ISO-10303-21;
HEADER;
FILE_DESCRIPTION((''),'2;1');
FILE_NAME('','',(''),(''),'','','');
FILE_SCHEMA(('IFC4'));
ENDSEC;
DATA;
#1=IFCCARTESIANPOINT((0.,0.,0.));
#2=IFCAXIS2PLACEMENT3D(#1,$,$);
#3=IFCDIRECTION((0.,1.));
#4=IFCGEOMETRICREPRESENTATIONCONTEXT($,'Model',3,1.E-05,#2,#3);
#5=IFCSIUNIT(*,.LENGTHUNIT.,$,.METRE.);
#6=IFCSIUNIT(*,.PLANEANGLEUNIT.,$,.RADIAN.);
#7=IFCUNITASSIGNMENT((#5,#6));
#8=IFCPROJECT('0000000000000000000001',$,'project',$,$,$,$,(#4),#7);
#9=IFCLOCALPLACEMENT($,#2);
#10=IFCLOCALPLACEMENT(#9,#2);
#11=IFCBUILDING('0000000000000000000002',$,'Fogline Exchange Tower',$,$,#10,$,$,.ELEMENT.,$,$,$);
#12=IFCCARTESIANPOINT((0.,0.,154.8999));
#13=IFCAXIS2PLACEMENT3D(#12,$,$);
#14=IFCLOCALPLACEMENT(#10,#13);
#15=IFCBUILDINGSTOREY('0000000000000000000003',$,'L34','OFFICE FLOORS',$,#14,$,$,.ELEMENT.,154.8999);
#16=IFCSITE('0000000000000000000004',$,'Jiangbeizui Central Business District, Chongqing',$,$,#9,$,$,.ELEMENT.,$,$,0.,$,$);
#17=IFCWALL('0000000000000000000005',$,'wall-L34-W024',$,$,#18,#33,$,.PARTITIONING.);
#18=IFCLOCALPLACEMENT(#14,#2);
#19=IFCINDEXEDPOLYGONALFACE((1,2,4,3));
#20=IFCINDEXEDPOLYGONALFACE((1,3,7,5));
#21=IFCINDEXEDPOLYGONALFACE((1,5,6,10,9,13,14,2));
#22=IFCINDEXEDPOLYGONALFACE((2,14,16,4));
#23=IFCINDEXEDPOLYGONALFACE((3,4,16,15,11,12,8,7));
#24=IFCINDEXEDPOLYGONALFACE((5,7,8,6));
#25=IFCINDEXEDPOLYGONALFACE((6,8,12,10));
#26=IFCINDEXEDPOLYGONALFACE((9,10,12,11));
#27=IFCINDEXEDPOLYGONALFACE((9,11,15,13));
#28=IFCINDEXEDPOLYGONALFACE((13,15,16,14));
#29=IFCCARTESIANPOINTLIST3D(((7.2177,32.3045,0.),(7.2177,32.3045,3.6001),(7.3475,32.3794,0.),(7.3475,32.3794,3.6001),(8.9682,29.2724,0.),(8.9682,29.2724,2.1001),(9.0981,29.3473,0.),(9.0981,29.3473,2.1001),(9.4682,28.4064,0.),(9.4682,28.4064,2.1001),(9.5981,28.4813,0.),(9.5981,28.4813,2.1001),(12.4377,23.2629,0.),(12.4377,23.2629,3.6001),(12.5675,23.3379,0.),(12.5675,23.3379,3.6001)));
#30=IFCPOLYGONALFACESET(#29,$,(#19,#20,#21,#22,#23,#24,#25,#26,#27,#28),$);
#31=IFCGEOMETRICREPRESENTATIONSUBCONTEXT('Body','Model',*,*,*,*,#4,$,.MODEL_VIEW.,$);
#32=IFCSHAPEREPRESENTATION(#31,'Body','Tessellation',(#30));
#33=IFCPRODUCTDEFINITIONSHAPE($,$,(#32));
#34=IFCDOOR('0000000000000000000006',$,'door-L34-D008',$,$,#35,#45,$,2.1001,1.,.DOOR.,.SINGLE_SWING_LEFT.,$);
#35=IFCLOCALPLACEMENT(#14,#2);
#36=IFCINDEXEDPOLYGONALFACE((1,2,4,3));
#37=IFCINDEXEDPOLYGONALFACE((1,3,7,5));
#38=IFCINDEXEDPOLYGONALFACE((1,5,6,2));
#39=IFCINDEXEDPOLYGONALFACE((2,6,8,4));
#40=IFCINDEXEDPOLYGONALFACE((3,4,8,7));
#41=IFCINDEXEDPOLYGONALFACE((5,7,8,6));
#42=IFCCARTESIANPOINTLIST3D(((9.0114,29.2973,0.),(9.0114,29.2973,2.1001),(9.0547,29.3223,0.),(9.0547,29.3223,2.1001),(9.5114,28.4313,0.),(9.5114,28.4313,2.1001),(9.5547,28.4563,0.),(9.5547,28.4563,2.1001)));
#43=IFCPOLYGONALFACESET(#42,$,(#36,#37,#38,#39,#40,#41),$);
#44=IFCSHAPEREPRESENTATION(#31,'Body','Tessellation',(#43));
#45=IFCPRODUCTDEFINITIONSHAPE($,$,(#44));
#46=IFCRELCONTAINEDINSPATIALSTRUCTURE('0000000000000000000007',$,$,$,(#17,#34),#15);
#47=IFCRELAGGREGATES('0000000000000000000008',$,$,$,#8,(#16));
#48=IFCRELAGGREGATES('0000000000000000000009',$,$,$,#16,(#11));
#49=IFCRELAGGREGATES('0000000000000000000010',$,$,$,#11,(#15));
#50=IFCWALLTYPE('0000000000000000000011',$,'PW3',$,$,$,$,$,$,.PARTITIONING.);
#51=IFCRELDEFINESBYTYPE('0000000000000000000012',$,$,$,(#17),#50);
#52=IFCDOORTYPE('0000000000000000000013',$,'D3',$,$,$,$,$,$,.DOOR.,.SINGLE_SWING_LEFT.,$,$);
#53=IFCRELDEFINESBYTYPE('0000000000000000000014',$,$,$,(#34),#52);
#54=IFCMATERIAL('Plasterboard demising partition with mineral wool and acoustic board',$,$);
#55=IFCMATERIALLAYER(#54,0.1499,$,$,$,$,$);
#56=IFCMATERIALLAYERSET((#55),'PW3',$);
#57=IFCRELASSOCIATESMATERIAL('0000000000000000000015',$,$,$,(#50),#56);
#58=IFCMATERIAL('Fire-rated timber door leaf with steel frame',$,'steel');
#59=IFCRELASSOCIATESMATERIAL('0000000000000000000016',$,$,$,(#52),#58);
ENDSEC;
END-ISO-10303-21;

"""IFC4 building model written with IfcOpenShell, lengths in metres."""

from ifc_helpers import new_model, si_unit, direction, frame, frame_2d, origin, place, context, subcontext, project, spatial, rectangle, extrude, material, layer, layer_set, type_object, element, fill, save


model = new_model("IFC4")

# Units and contexts
model_context = context("Model", 3, precision=1e-05, world=origin(), true_north=direction((0.0, 1.0)))
body_context = subcontext(model_context, "Body", "Model", "MODEL_VIEW")
ifc_project = project(units=[si_unit("LENGTHUNIT", "METRE"), si_unit("PLANEANGLEUNIT", "RADIAN")], contexts=[model_context])

# Site, building, storey
site_placement = place(None, origin())
site = spatial("IfcSite", under=ifc_project, at=site_placement, Name="Jiangbeizui Central Business District, Chongqing", CompositionType="ELEMENT", RefElevation=0.0)
building_placement = place(site_placement, origin())
building = spatial("IfcBuilding", under=site, at=building_placement, Name="Fogline Exchange Tower", CompositionType="ELEMENT")
storey_placement = place(building_placement, frame((0.0, 0.0, 154.8999)))
storey = spatial("IfcBuildingStorey", under=building, at=storey_placement, Name="L34", Description="OFFICE FLOORS", CompositionType="ELEMENT", Elevation=154.8999)

# Wall, opening, door
ifc_material_1 = material(Name="Plasterboard demising partition with mineral wool and acoustic board")
ifc_layer_1 = layer(ifc_material_1, 0.1499)
ifc_layer_set_1 = layer_set([ifc_layer_1], Name="PW3")
wall_type_1 = type_object("IfcWallType", Name="PW3", PredefinedType="PARTITIONING", material=ifc_layer_set_1)
wall_1_placement = place(storey_placement, frame((12.5027, 23.3003, 0.0), z_axis=(0.0, 0.0, 1.0), x_axis=(-0.49999, 0.866031, 0.0)))
wall_1 = element("IfcWall", 1, at=wall_1_placement, inside=storey, type_object=wall_type_1, Name="wall-L34-W024", PredefinedType="PARTITIONING", context=body_context, shape_type="SweptSolid", body=[
    extrude(rectangle(XDim=10.4402, YDim=0.1499, at=frame_2d((5.2202, 0.0))), origin(), (0.0, 0.0, 1.0), 3.6001),
])
opening_1_placement = place(wall_1_placement, frame((5.9392, 0.0, 0.0)))
opening_1 = element("IfcOpeningElement", 2, at=opening_1_placement, cuts=wall_1, PredefinedType="OPENING", context=body_context, shape_type="SweptSolid", body=[
    extrude(rectangle(XDim=1.0, YDim=2.1001, at=frame_2d((0.5, 1.05))), frame((0.0, 0.085, 0.0), z_axis=(0.0, -1.0, 0.0), x_axis=(1.0, 0.0, 0.0)), (0.0, 0.0, 1.0), 0.1699),
])
ifc_material_2 = material(Name="Fire-rated timber door leaf with steel frame", Category="steel")
door_type_1 = type_object("IfcDoorType", Name="D3", OperationType="SINGLE_SWING_LEFT", PredefinedType="DOOR", material=ifc_material_2)
door_1_placement = place(opening_1_placement, frame((1.0, 0.0, 0.0), z_axis=(0.0, 0.0, 1.0), x_axis=(-1.0, 0.0, 0.0)))
door_1 = element("IfcDoor", 3, at=door_1_placement, inside=storey, type_object=door_type_1, Name="door-L34-D008", OperationType="SINGLE_SWING_LEFT", OverallHeight=2.1001, OverallWidth=1.0, PredefinedType="DOOR", context=body_context, shape_type="SweptSolid", body=[
    extrude(rectangle(XDim=1.0, YDim=2.1001, at=frame_2d((0.5, 1.05))), frame((0.0, 0.0249, 0.0), z_axis=(0.0, -1.0, 0.0), x_axis=(1.0, 0.0, 0.0)), (0.0, 0.0, 1.0), 0.05),
])
fill(opening_1, door_1)

save(model, "model.ifc")
